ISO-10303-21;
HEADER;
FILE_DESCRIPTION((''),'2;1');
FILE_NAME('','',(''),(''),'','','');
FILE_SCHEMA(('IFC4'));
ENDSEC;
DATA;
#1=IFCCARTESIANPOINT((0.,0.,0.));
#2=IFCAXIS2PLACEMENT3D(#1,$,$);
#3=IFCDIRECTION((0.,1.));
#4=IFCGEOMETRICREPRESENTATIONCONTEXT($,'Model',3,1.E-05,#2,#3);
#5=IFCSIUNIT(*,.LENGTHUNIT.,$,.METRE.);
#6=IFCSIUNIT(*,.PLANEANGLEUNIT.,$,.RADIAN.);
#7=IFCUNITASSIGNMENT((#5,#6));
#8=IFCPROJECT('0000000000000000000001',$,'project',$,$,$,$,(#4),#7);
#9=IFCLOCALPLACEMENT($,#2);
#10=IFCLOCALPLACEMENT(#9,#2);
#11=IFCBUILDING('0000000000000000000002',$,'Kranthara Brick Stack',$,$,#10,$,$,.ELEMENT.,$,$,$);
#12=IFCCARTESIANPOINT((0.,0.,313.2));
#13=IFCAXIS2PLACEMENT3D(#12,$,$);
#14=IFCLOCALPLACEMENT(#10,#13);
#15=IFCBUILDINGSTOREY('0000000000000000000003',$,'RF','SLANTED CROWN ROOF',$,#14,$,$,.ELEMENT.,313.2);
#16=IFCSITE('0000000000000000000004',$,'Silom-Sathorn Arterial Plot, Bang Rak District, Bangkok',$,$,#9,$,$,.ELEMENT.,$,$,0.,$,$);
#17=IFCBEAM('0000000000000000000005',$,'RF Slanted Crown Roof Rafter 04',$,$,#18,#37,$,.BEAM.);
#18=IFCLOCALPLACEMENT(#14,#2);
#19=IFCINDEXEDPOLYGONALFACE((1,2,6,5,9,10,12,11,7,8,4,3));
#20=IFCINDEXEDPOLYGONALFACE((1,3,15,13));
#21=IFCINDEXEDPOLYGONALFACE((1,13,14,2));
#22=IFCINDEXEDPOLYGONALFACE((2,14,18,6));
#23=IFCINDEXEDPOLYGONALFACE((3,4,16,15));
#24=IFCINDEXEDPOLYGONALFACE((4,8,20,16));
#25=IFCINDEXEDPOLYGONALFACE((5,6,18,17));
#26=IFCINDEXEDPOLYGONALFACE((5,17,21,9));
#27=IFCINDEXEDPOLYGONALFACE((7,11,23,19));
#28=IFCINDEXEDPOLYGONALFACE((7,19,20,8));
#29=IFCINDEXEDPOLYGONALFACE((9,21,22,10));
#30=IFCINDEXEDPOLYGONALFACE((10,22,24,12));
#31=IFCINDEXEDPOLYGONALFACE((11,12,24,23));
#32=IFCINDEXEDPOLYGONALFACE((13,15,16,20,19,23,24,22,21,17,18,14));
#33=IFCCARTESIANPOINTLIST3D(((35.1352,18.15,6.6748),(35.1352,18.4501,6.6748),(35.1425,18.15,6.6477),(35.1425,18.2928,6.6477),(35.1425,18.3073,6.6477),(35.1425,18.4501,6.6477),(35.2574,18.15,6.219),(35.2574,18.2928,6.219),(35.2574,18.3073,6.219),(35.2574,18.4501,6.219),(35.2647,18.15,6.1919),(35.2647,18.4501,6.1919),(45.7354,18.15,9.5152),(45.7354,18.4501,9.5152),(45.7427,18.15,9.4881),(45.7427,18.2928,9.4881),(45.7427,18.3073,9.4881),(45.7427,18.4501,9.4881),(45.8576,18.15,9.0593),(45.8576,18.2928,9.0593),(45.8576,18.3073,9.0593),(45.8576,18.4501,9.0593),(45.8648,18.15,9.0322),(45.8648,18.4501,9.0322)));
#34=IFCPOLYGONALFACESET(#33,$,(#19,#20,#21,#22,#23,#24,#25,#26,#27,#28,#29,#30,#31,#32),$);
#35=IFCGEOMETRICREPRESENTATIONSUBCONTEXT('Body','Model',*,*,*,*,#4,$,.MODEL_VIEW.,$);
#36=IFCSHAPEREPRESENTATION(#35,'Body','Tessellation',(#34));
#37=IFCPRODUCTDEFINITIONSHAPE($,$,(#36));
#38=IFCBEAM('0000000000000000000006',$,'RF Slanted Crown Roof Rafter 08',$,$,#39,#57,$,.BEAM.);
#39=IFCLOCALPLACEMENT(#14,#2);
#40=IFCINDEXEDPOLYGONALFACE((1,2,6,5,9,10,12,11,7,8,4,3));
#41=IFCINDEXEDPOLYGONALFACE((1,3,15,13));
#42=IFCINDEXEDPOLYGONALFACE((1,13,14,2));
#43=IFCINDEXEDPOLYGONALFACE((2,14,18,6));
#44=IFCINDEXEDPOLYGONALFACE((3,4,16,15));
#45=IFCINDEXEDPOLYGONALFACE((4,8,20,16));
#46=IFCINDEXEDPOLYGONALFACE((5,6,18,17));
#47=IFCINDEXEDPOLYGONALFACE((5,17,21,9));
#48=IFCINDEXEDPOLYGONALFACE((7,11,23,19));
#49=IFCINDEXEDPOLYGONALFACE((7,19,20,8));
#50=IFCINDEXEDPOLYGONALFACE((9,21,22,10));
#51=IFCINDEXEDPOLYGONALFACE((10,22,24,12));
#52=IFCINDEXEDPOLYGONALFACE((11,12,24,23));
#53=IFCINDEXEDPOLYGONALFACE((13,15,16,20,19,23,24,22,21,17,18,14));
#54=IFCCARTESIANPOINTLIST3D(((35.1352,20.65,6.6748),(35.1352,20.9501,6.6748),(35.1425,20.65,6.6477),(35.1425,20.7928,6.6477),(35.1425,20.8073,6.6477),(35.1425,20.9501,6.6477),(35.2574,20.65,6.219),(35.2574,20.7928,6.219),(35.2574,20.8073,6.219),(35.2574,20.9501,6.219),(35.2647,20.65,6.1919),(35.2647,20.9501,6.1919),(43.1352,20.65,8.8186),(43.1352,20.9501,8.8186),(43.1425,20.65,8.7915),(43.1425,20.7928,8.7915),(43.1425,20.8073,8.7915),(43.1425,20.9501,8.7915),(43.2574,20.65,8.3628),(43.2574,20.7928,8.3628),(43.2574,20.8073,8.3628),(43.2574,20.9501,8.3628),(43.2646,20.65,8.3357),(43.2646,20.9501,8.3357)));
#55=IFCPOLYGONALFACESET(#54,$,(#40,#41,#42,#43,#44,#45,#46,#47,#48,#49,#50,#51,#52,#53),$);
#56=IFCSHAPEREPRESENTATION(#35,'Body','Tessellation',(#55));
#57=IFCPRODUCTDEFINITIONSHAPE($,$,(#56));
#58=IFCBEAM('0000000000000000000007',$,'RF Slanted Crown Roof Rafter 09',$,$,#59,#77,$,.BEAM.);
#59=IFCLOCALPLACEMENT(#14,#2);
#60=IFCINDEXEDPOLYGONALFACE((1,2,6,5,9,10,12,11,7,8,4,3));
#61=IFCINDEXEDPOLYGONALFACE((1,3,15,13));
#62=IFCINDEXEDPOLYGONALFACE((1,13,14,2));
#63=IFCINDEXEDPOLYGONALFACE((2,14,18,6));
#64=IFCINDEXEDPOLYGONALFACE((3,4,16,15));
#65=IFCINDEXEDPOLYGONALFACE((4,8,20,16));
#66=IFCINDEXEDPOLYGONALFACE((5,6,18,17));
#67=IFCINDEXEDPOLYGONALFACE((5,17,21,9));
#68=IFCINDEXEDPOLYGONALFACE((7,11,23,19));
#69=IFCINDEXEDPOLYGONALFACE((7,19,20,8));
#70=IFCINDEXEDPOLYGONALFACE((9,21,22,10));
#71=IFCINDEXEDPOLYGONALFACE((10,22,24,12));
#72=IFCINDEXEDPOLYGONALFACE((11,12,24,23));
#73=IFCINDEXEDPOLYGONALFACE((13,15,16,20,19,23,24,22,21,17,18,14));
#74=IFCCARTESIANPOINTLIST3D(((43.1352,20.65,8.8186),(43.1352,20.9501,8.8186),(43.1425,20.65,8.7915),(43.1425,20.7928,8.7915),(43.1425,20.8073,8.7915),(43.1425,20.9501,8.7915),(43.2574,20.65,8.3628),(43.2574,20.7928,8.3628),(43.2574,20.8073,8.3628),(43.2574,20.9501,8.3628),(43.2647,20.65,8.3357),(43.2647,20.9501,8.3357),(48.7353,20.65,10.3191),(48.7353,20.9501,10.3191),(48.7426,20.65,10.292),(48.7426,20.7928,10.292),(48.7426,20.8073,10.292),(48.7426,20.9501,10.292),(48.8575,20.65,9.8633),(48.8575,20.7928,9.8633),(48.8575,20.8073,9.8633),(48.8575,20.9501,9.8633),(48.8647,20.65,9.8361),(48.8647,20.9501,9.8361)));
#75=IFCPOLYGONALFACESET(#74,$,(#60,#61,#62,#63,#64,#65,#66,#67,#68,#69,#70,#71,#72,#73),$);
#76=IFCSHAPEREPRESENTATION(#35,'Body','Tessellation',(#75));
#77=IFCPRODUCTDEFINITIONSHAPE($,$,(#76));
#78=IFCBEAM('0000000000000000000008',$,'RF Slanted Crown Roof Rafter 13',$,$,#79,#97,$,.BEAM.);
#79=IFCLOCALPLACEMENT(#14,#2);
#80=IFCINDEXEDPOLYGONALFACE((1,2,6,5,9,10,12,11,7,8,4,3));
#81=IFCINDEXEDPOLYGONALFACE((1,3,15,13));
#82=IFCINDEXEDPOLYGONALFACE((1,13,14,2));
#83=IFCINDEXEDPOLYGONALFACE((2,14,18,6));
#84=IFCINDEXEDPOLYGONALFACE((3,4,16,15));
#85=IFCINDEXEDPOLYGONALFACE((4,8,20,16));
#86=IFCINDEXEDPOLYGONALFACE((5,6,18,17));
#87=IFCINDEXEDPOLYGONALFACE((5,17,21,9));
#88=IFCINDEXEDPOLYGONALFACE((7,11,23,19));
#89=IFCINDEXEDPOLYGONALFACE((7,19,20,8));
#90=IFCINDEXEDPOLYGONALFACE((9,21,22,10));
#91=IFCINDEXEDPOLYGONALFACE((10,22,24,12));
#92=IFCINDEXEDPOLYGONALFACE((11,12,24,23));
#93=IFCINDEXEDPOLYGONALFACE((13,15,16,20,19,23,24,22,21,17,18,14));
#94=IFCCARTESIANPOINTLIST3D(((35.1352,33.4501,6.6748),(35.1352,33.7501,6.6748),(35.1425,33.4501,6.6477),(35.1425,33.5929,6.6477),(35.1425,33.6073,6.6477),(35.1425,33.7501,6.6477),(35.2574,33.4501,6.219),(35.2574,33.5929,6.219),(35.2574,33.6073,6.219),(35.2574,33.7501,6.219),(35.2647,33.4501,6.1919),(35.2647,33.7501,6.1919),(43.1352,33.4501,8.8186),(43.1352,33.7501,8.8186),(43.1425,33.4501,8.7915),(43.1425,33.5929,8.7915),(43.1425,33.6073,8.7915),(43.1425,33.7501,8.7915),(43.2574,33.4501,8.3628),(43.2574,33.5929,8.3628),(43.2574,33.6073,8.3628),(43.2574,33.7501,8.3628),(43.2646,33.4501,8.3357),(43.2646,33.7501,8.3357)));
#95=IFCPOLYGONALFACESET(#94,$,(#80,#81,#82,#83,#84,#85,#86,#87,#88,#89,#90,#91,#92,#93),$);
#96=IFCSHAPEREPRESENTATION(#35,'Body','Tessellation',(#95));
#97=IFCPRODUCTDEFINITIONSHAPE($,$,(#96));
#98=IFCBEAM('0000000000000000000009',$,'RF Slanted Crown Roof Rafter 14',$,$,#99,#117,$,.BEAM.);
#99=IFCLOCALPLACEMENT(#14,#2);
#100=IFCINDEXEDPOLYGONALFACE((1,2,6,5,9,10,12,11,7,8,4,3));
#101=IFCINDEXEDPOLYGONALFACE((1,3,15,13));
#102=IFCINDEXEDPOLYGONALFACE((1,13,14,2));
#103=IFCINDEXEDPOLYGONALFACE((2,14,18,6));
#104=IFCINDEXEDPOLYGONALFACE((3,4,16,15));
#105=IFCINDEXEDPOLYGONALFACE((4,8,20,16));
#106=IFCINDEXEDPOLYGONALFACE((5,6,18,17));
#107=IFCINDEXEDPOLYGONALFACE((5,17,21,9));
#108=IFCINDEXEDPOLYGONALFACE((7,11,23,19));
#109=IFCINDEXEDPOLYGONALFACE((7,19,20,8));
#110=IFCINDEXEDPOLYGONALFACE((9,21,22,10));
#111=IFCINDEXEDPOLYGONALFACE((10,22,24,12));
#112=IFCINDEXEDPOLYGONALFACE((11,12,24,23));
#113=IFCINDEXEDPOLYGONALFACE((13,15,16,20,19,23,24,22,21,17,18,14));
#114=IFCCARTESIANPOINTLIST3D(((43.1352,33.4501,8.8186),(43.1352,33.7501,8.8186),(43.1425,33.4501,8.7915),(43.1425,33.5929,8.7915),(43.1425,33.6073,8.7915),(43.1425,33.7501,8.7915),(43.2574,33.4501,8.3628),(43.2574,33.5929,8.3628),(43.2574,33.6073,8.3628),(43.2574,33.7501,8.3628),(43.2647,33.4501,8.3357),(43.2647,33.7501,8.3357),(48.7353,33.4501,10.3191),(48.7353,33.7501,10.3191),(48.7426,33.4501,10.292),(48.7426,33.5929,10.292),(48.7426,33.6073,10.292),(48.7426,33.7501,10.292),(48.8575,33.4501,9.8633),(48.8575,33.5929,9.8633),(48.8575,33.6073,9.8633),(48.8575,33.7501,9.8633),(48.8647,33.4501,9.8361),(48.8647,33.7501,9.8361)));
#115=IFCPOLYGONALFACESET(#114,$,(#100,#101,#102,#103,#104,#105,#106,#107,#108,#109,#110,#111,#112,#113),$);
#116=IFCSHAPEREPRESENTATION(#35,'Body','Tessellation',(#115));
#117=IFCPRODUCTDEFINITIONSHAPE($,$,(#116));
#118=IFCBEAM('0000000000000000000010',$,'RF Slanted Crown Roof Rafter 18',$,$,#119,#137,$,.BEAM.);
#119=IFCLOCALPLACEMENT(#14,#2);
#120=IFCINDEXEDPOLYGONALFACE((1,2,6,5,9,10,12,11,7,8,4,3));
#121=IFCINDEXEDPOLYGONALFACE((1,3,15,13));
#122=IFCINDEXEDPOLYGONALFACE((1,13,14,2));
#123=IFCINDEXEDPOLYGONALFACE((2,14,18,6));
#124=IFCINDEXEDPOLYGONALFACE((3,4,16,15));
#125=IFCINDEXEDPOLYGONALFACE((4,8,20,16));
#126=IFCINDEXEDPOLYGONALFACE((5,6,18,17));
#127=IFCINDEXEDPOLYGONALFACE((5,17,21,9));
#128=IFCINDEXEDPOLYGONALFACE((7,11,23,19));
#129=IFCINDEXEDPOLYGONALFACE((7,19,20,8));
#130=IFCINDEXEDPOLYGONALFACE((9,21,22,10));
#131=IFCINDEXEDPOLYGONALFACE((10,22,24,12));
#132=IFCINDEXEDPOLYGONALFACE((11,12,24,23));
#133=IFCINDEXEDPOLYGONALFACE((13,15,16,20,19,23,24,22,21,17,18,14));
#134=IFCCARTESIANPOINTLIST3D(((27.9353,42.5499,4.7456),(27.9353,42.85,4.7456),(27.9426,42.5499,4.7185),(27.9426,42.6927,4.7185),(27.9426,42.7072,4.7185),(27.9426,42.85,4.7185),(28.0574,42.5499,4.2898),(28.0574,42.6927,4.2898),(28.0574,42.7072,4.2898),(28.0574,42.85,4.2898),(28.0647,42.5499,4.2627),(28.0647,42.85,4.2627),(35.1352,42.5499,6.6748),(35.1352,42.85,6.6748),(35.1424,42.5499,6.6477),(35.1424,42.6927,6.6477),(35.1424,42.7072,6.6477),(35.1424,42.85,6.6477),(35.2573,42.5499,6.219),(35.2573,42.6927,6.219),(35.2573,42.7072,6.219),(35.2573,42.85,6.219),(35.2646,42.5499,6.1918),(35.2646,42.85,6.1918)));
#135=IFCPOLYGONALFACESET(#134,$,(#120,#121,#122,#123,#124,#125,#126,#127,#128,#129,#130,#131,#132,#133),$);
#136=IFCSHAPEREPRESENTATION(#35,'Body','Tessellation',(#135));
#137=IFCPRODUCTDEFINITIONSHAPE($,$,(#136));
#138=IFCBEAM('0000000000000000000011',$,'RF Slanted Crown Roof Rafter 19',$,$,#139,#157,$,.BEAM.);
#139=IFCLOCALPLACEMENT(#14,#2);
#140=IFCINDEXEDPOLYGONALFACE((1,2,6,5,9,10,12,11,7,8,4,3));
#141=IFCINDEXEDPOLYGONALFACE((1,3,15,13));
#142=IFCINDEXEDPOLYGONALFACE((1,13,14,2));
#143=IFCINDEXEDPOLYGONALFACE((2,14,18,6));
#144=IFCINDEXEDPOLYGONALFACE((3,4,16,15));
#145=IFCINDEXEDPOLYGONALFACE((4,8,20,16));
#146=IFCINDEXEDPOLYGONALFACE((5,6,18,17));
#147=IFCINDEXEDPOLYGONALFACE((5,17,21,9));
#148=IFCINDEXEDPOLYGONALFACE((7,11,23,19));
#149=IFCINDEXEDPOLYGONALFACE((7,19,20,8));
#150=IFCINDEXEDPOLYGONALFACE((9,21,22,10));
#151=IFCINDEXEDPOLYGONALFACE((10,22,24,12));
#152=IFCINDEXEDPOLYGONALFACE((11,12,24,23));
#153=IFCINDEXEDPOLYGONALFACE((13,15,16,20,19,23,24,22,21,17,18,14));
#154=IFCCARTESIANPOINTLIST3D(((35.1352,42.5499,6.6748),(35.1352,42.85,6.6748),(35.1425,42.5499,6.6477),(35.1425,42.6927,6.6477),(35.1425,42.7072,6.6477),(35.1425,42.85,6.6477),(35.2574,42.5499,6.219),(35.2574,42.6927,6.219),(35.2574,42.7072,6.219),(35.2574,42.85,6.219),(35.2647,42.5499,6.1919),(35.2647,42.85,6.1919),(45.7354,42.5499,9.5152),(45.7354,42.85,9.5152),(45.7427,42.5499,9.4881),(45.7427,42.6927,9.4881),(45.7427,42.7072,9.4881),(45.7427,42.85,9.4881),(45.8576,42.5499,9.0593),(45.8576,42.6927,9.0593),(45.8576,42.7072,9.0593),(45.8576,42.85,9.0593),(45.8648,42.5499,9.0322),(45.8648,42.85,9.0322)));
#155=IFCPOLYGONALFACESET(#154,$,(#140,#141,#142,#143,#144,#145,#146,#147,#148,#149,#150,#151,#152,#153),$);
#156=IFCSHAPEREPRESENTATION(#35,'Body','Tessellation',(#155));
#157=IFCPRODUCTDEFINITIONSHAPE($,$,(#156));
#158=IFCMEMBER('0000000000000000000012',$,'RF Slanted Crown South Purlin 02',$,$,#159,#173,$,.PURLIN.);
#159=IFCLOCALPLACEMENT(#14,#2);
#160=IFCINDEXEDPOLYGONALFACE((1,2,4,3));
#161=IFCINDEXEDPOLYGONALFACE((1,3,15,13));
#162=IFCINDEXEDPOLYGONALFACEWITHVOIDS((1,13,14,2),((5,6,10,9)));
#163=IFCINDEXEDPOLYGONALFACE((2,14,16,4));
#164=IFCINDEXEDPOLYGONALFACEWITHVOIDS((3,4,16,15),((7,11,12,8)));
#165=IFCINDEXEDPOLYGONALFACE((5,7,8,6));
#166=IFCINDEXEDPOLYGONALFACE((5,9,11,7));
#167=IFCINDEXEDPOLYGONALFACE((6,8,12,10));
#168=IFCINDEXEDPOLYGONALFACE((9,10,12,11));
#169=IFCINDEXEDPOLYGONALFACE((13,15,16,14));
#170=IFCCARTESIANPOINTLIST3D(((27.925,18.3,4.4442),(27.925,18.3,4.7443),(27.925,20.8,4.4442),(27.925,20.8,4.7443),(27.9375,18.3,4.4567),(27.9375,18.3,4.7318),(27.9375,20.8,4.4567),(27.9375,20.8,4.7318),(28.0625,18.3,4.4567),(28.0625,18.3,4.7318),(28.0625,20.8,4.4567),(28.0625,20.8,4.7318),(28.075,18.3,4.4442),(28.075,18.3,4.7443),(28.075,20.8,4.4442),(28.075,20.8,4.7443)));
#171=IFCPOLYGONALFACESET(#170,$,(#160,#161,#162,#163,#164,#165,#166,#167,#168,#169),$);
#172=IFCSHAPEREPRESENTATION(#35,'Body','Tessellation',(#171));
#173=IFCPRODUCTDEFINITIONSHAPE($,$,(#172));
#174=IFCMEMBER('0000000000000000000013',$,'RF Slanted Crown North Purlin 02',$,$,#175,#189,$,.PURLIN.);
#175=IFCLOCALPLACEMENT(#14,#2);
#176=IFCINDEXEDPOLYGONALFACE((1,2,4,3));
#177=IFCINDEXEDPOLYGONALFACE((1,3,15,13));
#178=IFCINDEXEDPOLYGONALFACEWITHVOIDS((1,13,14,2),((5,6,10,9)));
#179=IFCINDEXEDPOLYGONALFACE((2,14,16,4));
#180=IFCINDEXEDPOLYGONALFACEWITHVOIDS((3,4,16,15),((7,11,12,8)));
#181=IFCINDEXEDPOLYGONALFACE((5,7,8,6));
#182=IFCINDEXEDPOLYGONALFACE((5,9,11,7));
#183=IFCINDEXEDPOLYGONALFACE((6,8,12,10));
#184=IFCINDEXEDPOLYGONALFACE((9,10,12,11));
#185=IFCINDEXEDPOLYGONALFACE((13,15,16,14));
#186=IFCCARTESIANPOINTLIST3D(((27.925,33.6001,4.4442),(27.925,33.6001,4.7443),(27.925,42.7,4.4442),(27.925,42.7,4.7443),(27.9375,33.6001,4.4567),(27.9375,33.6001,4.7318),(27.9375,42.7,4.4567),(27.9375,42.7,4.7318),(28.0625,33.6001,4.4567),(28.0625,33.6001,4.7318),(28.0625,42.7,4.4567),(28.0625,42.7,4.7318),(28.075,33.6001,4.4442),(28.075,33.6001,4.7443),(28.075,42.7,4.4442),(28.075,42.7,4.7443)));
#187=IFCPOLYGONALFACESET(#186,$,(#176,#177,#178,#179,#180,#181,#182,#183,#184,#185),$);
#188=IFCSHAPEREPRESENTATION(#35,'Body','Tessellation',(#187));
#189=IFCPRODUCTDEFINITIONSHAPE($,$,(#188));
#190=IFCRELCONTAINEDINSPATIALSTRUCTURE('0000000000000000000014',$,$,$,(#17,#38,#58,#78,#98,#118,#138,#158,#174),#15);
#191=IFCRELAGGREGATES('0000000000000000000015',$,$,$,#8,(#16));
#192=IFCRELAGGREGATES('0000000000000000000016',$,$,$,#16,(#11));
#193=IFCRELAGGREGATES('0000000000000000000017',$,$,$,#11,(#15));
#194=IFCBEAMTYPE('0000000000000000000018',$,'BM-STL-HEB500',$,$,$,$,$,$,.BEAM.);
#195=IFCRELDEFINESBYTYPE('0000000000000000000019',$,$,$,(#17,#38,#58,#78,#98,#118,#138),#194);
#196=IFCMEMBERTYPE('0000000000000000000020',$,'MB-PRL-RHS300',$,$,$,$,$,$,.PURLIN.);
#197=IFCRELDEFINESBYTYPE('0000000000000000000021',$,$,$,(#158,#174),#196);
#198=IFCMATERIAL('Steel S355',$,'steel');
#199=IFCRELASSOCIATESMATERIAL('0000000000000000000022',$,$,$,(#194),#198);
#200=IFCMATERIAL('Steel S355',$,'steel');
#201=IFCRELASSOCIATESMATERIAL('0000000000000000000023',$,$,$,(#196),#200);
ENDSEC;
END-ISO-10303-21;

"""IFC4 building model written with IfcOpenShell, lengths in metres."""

from ifc_helpers import new_model, si_unit, direction, frame, origin, origin_2d, place, context, subcontext, project, spatial, hollow_rectangle, i_section, extrude, material, material_profile, profile_set, type_object, element, save


model = new_model("IFC4")

# Units and contexts
model_context = context("Model", 3, precision=1e-05, world=origin(), true_north=direction((0.0, 1.0)))
body_context = subcontext(model_context, "Body", "Model", "MODEL_VIEW")
ifc_project = project(units=[si_unit("LENGTHUNIT", "METRE"), si_unit("PLANEANGLEUNIT", "RADIAN")], contexts=[model_context])

# Site, building, storey
site_placement = place(None, origin())
site = spatial("IfcSite", under=ifc_project, at=site_placement, Name="Silom-Sathorn Arterial Plot, Bang Rak District, Bangkok", CompositionType="ELEMENT", RefElevation=0.0)
building_placement = place(site_placement, origin())
building = spatial("IfcBuilding", under=site, at=building_placement, Name="Kranthara Brick Stack", CompositionType="ELEMENT")
storey_placement = place(building_placement, frame((0.0, 0.0, 313.2)))
storey = spatial("IfcBuildingStorey", under=building, at=storey_placement, Name="RF", Description="SLANTED CROWN ROOF", CompositionType="ELEMENT", Elevation=313.2)

# Beams
ifc_material_1 = material(Name="Steel S355", Category="steel")
ifc_material_profile_1 = material_profile(ifc_material_1, i_section(OverallWidth=0.3, OverallDepth=0.5, WebThickness=0.0144, FlangeThickness=0.0281, at=origin_2d()), Name="HEB 500")
ifc_profile_set_1 = profile_set([ifc_material_profile_1], Name="Steel S355")
beam_type = type_object("IfcBeamType", Name="BM-STL-HEB500", PredefinedType="BEAM", material=ifc_profile_set_1)
beam_1_placement = place(storey_placement, frame((35.2, 18.3, 6.4333), z_axis=(0.965925, 0.0, 0.258823), x_axis=(0.0, 1.0, 0.0)))
element("IfcBeam", 1, at=beam_1_placement, inside=storey, type_object=beam_type, Name="RF Slanted Crown Roof Rafter 04", PredefinedType="BEAM", context=body_context, shape_type="SweptSolid", body=[
    extrude(i_section(OverallWidth=0.3, OverallDepth=0.5, WebThickness=0.0144, FlangeThickness=0.0281, at=origin_2d()), origin(), (0.0, 0.0, 1.0), 10.9741),
])
beam_2_placement = place(storey_placement, frame((35.2, 20.8, 6.4333), z_axis=(0.96592, 0.0, 0.258842), x_axis=(0.0, 1.0, 0.0)))
element("IfcBeam", 2, at=beam_2_placement, inside=storey, type_object=beam_type, Name="RF Slanted Crown Roof Rafter 08", PredefinedType="BEAM", context=body_context, shape_type="SweptSolid", body=[
    extrude(i_section(OverallWidth=0.3, OverallDepth=0.5, WebThickness=0.0144, FlangeThickness=0.0281, at=origin_2d()), origin(), (0.0, 0.0, 1.0), 8.2822),
])
beam_3_placement = place(storey_placement, frame((43.2, 20.8, 8.5771), z_axis=(0.965928, 0.0, 0.25881), x_axis=(0.0, 1.0, 0.0)))
element("IfcBeam", 3, at=beam_3_placement, inside=storey, type_object=beam_type, Name="RF Slanted Crown Roof Rafter 09", PredefinedType="BEAM", context=body_context, shape_type="SweptSolid", body=[
    extrude(i_section(OverallWidth=0.3, OverallDepth=0.5, WebThickness=0.0144, FlangeThickness=0.0281, at=origin_2d()), origin(), (0.0, 0.0, 1.0), 5.7976),
])
beam_4_placement = place(storey_placement, frame((35.2, 33.6001, 6.4333), z_axis=(0.96592, 0.0, 0.258842), x_axis=(0.0, 1.0, 0.0)))
element("IfcBeam", 4, at=beam_4_placement, inside=storey, type_object=beam_type, Name="RF Slanted Crown Roof Rafter 13", PredefinedType="BEAM", context=body_context, shape_type="SweptSolid", body=[
    extrude(i_section(OverallWidth=0.3, OverallDepth=0.5, WebThickness=0.0144, FlangeThickness=0.0281, at=origin_2d()), origin(), (0.0, 0.0, 1.0), 8.2822),
])
beam_5_placement = place(storey_placement, frame((43.2, 33.6001, 8.5771), z_axis=(0.965928, 0.0, 0.25881), x_axis=(0.0, 1.0, 0.0)))
element("IfcBeam", 5, at=beam_5_placement, inside=storey, type_object=beam_type, Name="RF Slanted Crown Roof Rafter 14", PredefinedType="BEAM", context=body_context, shape_type="SweptSolid", body=[
    extrude(i_section(OverallWidth=0.3, OverallDepth=0.5, WebThickness=0.0144, FlangeThickness=0.0281, at=origin_2d()), origin(), (0.0, 0.0, 1.0), 5.7976),
])
beam_6_placement = place(storey_placement, frame((28.0, 42.7, 4.5042), z_axis=(0.965927, 0.0, 0.258816), x_axis=(0.0, 1.0, 0.0)))
element("IfcBeam", 6, at=beam_6_placement, inside=storey, type_object=beam_type, Name="RF Slanted Crown Roof Rafter 18", PredefinedType="BEAM", context=body_context, shape_type="SweptSolid", body=[
    extrude(i_section(OverallWidth=0.3, OverallDepth=0.5, WebThickness=0.0144, FlangeThickness=0.0281, at=origin_2d()), origin(), (0.0, 0.0, 1.0), 7.4539),
])
beam_7_placement = place(storey_placement, frame((35.2, 42.7, 6.4333), z_axis=(0.965925, 0.0, 0.258823), x_axis=(0.0, 1.0, 0.0)))
element("IfcBeam", 7, at=beam_7_placement, inside=storey, type_object=beam_type, Name="RF Slanted Crown Roof Rafter 19", PredefinedType="BEAM", context=body_context, shape_type="SweptSolid", body=[
    extrude(i_section(OverallWidth=0.3, OverallDepth=0.5, WebThickness=0.0144, FlangeThickness=0.0281, at=origin_2d()), origin(), (0.0, 0.0, 1.0), 10.9741),
])

# Members
ifc_material_2 = material(Name="Steel S355", Category="steel")
ifc_material_profile_2 = material_profile(ifc_material_2, hollow_rectangle(XDim=0.1499, YDim=0.3, WallThickness=0.0125, at=origin_2d()), Name="RHS 150x300x12.5")
ifc_profile_set_2 = profile_set([ifc_material_profile_2], Name="Steel S355")
member_type = type_object("IfcMemberType", Name="MB-PRL-RHS300", PredefinedType="PURLIN", material=ifc_profile_set_2)
member_1_placement = place(storey_placement, frame((28.0, 18.3, 4.5942), z_axis=(0.0, 1.0, 0.0), x_axis=(-1.0, 0.0, 0.0)))
element("IfcMember", 8, at=member_1_placement, inside=storey, type_object=member_type, Name="RF Slanted Crown South Purlin 02", PredefinedType="PURLIN", context=body_context, shape_type="SweptSolid", body=[
    extrude(hollow_rectangle(XDim=0.1499, YDim=0.3, WallThickness=0.0125, at=origin_2d()), origin(), (0.0, 0.0, 1.0), 2.5),
])
member_2_placement = place(storey_placement, frame((28.0, 33.6001, 4.5942), z_axis=(0.0, 1.0, 0.0), x_axis=(-1.0, 0.0, 0.0)))
element("IfcMember", 9, at=member_2_placement, inside=storey, type_object=member_type, Name="RF Slanted Crown North Purlin 02", PredefinedType="PURLIN", context=body_context, shape_type="SweptSolid", body=[
    extrude(hollow_rectangle(XDim=0.1499, YDim=0.3, WallThickness=0.0125, at=origin_2d()), origin(), (0.0, 0.0, 1.0), 9.0999),
])

save(model, "model.ifc")
